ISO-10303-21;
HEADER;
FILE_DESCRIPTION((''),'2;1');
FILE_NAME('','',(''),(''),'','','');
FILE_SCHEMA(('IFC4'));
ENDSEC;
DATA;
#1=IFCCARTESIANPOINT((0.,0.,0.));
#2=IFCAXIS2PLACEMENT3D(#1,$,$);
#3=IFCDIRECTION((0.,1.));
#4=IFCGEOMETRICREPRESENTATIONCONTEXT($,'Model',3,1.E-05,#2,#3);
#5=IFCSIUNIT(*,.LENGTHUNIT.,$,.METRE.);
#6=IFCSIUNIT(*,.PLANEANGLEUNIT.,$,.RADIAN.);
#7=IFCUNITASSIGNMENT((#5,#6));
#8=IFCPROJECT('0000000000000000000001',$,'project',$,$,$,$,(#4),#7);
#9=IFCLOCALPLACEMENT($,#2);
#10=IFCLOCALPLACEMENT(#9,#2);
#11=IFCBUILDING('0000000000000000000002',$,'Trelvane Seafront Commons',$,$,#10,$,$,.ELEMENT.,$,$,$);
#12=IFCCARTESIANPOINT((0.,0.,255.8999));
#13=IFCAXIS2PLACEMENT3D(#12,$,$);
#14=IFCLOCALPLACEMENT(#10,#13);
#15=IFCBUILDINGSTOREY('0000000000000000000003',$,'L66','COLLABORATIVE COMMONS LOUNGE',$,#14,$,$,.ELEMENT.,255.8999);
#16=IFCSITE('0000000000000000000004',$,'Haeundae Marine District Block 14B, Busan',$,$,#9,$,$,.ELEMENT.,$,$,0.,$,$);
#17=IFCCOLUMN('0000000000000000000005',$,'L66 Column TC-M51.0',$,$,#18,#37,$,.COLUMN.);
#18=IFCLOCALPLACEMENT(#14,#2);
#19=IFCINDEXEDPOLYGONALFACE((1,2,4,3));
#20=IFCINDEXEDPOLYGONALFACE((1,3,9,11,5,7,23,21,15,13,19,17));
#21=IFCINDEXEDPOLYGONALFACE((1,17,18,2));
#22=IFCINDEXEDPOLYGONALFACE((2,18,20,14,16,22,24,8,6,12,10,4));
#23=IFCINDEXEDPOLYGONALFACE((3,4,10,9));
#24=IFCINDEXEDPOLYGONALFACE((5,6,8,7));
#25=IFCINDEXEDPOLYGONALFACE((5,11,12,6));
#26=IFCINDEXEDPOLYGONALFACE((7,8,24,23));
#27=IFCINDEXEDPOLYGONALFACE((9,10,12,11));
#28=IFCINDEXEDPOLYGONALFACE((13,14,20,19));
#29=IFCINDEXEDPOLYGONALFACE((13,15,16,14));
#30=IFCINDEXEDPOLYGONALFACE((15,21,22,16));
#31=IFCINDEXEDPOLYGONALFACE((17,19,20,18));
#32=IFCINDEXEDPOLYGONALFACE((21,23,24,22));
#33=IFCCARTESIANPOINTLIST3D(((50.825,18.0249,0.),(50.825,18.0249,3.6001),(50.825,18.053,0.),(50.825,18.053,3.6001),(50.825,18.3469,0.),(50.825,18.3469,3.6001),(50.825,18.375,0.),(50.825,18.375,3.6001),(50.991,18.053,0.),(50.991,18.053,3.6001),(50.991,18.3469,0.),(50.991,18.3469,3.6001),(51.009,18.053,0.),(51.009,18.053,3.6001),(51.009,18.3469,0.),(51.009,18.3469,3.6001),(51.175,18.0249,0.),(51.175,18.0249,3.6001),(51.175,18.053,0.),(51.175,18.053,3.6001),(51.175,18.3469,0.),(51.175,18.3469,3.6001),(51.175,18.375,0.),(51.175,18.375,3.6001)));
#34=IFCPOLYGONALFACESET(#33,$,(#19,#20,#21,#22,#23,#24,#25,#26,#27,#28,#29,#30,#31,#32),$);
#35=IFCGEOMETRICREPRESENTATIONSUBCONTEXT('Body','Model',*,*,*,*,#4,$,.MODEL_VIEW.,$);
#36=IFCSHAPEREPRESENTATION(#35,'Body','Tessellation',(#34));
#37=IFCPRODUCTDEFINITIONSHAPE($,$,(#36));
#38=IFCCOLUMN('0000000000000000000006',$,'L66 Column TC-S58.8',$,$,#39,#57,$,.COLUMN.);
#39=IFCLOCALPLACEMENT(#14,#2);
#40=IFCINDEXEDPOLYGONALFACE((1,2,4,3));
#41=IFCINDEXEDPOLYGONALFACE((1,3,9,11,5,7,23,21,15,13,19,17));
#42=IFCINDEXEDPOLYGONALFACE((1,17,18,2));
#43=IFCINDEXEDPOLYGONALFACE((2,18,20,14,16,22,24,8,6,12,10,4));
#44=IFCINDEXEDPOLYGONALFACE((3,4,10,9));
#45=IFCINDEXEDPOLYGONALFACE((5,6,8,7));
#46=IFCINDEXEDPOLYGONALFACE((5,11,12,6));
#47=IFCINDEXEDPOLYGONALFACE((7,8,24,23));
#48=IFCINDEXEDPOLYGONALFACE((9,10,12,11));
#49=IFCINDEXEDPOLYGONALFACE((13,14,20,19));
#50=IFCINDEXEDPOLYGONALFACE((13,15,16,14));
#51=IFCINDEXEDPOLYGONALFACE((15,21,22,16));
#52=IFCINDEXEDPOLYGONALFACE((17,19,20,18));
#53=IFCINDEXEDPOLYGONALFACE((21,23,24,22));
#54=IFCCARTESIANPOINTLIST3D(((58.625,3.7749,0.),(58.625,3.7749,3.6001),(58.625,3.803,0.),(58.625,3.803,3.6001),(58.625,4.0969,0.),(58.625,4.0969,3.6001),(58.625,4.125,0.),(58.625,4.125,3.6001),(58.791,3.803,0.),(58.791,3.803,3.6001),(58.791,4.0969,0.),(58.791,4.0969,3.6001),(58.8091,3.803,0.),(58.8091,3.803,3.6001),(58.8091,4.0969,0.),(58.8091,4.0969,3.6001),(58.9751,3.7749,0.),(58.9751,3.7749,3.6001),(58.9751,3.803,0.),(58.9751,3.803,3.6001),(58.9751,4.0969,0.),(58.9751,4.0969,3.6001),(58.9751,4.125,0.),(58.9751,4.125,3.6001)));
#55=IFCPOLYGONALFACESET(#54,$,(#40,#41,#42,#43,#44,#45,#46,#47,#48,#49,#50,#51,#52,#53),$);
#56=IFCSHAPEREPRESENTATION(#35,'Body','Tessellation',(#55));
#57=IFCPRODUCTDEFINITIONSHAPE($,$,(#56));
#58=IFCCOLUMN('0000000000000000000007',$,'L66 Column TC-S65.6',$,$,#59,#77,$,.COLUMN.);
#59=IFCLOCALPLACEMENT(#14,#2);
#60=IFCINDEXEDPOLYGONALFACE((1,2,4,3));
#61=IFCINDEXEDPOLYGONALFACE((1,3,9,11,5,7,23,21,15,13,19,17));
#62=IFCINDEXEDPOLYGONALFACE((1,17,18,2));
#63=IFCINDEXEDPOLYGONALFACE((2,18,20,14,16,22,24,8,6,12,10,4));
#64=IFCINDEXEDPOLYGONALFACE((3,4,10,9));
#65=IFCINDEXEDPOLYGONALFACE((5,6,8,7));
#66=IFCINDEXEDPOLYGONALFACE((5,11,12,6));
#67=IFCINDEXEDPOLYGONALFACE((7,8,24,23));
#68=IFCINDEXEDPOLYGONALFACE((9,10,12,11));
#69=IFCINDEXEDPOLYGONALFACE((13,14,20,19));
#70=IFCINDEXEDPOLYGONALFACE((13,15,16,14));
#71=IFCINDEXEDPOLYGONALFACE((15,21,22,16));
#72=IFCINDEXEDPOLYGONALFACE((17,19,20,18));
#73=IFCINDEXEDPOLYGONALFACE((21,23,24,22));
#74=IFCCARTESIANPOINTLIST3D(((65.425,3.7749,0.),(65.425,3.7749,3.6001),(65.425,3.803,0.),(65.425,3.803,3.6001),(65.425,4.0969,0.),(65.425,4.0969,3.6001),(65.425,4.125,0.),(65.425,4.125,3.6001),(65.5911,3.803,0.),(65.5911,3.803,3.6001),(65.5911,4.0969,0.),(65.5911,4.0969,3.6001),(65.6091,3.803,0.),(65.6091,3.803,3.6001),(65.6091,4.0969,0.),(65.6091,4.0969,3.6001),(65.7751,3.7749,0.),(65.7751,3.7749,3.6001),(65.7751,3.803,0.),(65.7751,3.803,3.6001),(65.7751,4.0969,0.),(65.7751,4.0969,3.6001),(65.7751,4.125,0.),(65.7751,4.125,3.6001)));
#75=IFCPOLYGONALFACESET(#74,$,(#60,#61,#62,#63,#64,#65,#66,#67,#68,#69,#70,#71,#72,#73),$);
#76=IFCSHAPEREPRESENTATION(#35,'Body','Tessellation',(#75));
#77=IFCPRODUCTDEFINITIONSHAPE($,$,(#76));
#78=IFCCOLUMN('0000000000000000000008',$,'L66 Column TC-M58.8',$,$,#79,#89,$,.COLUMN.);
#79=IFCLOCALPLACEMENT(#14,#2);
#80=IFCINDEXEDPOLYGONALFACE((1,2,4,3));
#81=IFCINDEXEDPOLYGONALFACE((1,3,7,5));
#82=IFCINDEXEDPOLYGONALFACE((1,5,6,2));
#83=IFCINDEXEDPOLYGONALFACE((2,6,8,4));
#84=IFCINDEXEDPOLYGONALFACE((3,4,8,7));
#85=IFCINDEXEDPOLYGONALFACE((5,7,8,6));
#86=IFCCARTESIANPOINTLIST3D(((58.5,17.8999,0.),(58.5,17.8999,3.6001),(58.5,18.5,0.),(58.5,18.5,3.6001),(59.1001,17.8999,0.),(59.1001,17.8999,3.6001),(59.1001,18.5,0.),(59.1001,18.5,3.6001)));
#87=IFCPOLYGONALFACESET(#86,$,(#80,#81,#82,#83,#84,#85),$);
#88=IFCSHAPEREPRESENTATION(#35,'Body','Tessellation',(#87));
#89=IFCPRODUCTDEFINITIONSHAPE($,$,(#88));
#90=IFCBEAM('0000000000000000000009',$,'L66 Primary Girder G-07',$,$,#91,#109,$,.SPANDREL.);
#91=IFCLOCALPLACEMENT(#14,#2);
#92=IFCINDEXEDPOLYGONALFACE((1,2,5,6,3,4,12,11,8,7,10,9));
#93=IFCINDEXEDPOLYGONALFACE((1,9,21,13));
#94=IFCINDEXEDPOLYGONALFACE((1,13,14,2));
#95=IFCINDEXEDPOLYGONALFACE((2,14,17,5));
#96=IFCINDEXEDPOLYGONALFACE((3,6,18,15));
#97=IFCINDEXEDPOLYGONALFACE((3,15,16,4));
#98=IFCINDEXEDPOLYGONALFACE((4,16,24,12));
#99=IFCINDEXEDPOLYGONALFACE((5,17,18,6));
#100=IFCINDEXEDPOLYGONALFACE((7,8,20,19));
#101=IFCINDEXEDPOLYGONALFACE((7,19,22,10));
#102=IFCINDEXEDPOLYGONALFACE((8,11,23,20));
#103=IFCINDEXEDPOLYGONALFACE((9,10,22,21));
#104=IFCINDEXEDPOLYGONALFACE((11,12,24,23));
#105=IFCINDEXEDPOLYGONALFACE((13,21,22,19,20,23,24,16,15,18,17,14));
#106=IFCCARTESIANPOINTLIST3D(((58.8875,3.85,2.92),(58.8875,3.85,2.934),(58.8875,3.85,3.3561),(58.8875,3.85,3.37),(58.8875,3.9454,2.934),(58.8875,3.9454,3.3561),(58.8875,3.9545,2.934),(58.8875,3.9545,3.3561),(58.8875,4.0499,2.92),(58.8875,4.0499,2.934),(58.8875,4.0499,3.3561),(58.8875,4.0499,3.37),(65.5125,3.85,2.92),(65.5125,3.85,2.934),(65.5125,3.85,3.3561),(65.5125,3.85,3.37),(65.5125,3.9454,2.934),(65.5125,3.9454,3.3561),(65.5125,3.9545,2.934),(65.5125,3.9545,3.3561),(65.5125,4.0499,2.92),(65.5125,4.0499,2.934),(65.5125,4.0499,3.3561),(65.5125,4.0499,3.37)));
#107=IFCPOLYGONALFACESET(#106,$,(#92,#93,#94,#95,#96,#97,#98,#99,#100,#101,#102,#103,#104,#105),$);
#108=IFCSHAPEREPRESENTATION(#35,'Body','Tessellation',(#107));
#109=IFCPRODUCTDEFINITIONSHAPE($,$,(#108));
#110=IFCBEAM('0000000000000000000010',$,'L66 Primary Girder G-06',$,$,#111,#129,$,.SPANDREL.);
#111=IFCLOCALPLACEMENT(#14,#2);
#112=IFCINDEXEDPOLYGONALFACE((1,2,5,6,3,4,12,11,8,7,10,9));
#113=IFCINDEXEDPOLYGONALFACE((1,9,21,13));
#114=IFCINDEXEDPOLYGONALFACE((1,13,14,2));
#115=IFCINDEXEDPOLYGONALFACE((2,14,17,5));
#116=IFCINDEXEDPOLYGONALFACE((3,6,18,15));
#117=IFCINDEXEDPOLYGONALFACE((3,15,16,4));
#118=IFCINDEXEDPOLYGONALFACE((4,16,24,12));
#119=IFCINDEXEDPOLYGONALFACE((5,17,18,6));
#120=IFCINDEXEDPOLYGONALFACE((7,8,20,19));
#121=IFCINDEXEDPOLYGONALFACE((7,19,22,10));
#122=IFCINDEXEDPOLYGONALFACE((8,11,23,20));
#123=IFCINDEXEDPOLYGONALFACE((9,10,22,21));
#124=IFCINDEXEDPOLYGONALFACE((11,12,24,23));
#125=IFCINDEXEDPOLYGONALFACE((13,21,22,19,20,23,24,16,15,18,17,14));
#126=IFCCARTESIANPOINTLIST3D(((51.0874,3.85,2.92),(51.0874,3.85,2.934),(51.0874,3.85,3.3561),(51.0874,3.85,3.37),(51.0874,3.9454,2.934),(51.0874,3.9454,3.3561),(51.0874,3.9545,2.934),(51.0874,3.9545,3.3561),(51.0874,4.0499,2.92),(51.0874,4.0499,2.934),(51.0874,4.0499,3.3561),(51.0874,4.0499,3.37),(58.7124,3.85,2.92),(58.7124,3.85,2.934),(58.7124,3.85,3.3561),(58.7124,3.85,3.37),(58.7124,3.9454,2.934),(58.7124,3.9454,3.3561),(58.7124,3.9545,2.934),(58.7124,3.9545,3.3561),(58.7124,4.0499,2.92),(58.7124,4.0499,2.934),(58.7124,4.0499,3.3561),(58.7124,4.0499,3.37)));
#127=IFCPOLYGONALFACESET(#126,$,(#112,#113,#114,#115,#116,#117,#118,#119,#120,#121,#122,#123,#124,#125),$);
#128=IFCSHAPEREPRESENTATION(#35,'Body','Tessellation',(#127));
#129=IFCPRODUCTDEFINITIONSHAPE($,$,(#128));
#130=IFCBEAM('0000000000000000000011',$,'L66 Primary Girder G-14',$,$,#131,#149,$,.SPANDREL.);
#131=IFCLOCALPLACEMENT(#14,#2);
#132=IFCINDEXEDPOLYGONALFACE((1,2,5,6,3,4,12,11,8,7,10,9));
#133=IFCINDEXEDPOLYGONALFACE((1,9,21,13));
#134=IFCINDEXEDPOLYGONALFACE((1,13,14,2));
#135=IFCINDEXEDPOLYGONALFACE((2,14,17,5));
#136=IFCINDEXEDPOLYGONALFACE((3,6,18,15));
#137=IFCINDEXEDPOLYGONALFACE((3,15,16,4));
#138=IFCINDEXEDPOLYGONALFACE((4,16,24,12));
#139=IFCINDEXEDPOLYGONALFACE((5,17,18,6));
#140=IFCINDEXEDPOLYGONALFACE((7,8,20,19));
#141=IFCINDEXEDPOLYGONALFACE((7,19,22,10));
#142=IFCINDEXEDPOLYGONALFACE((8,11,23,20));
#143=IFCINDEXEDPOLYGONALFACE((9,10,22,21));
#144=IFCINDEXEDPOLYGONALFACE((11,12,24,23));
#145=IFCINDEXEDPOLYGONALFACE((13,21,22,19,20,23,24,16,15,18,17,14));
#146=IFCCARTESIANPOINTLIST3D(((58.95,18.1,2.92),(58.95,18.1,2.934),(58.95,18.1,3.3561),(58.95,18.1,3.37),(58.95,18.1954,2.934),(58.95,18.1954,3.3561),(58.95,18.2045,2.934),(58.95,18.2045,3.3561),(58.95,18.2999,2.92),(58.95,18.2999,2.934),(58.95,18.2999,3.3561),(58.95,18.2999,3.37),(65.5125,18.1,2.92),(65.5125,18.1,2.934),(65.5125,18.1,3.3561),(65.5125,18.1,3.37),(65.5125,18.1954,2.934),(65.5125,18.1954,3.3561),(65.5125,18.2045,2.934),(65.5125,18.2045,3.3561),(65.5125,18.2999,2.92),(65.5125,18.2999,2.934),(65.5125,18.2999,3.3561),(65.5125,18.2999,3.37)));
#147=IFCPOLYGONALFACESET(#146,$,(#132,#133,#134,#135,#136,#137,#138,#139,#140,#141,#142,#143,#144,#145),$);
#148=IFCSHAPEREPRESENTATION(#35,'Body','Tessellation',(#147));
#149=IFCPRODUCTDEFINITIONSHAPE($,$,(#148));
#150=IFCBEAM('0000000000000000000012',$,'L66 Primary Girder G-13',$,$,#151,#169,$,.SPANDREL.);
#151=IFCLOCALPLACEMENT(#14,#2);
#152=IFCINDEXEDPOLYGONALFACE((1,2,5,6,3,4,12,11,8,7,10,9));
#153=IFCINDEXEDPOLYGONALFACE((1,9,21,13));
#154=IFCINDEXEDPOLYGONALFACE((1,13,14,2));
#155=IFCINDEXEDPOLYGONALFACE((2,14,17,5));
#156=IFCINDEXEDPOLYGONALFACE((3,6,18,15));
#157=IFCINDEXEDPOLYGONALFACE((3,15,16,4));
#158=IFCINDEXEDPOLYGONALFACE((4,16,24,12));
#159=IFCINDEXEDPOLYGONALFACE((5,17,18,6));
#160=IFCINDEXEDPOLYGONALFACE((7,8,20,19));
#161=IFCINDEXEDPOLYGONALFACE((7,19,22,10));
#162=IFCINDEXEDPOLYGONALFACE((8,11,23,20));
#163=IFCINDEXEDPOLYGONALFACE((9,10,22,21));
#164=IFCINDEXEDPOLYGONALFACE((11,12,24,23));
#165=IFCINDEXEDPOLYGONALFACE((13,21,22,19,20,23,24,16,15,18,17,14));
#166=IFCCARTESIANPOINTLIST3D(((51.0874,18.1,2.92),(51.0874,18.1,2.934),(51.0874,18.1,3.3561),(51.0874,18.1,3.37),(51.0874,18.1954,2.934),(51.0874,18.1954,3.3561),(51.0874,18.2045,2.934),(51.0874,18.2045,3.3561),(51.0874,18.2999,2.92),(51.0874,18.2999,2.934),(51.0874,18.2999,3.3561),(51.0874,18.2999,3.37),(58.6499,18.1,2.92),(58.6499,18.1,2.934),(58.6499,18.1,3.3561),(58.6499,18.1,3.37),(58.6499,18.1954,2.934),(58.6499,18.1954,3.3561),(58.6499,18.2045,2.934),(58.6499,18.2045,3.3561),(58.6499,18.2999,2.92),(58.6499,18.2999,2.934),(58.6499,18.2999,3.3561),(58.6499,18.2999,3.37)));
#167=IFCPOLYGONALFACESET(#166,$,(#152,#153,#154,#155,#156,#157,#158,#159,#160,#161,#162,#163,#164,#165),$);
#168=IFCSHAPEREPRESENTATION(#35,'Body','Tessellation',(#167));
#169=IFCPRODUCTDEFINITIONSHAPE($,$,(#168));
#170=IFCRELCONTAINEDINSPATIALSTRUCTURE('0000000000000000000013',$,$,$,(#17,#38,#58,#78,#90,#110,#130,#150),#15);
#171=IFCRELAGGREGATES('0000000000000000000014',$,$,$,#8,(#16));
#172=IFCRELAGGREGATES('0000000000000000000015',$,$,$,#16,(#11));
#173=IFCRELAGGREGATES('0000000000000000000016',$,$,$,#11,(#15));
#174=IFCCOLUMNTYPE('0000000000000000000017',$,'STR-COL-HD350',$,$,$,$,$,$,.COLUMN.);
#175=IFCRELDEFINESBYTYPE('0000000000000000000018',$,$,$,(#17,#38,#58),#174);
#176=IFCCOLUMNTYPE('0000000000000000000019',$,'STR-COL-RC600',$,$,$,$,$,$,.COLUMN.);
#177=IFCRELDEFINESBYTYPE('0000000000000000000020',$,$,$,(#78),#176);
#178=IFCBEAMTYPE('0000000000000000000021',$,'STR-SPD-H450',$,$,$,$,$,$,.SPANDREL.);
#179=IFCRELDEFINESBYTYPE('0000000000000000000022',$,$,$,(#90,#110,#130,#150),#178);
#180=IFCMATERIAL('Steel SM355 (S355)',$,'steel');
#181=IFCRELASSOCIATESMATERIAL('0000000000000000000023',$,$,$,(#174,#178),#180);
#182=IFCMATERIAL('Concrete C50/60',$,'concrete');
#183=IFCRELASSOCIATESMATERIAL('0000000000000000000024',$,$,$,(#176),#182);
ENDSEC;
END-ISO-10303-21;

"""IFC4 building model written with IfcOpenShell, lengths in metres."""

from ifc_helpers import new_model, si_unit, direction, frame, origin, origin_2d, place, context, subcontext, project, spatial, rectangle, i_section, extrude, source, transform, mapped, material, material_profile, profile_set, type_object, element, save


model = new_model("IFC4")

# Units and contexts
model_context = context("Model", 3, precision=1e-05, world=origin(), true_north=direction((0.0, 1.0)))
body_context = subcontext(model_context, "Body", "Model", "MODEL_VIEW")
ifc_project = project(units=[si_unit("LENGTHUNIT", "METRE"), si_unit("PLANEANGLEUNIT", "RADIAN")], contexts=[model_context])

# Site, building, storey
site_placement = place(None, origin())
site = spatial("IfcSite", under=ifc_project, at=site_placement, Name="Haeundae Marine District Block 14B, Busan", CompositionType="ELEMENT", RefElevation=0.0)
building_placement = place(site_placement, origin())
building = spatial("IfcBuilding", under=site, at=building_placement, Name="Trelvane Seafront Commons", CompositionType="ELEMENT")
storey_placement = place(building_placement, frame((0.0, 0.0, 255.8999)))
storey = spatial("IfcBuildingStorey", under=building, at=storey_placement, Name="L66", Description="COLLABORATIVE COMMONS LOUNGE", CompositionType="ELEMENT", Elevation=255.8999)

# Columns
ifc_material_1 = material(Name="Steel SM355 (S355)", Category="steel")
ifc_material_profile_1 = material_profile(ifc_material_1, i_section(OverallWidth=0.3501, OverallDepth=0.3501, WebThickness=0.0181, FlangeThickness=0.0281, at=origin_2d()), Name="HD-350x350x18x28")
ifc_profile_set_1 = profile_set([ifc_material_profile_1], Name="Steel SM355 (S355)")
column_type_1 = type_object("IfcColumnType", Name="STR-COL-HD350", PredefinedType="COLUMN", material=ifc_profile_set_1)
shared_shape_1 = source(origin(), body_context, "Body", "SweptSolid", [
    extrude(i_section(OverallWidth=0.3501, OverallDepth=0.3501, WebThickness=0.0181, FlangeThickness=0.0281, at=origin_2d()), origin(), (0.0, 0.0, 1.0), 3.6001),
])
for number, where, z_axis, x_axis, name in (
    (1, (51.0, 18.2, 0.0), (0.0, 0.0, 1.0), (1.0, 0.0, 0.0), "L66 Column TC-M51.0"),
    (2, (58.8, 3.95, 0.0), (0.0, 0.0, 1.0), (1.0, 0.0, 0.0), "L66 Column TC-S58.8"),
    (3, (65.6001, 3.95, 0.0), (0.0, 0.0, 1.0), (1.0, 0.0, 0.0), "L66 Column TC-S65.6"),
):
    element("IfcColumn", number, at=place(storey_placement, frame(where, z_axis=z_axis, x_axis=x_axis)), inside=storey, type_object=column_type_1, Name=name, PredefinedType="COLUMN", context=body_context, shape_type="MappedRepresentation", body=[
        mapped(shared_shape_1, transform((0.0, 0.0, 0.0), x_axis=(1.0, 0.0, 0.0), y_axis=(0.0, 1.0, 0.0), z_axis=(0.0, 0.0, 1.0), scale=1.0)),
    ])
ifc_material_2 = material(Name="Concrete C50/60", Category="concrete")
ifc_material_profile_2 = material_profile(ifc_material_2, rectangle(XDim=0.6001, YDim=0.6001, at=origin_2d()), Name="RC-600x600")
ifc_profile_set_2 = profile_set([ifc_material_profile_2], Name="Concrete C50/60")
column_type_2 = type_object("IfcColumnType", Name="STR-COL-RC600", PredefinedType="COLUMN", material=ifc_profile_set_2)
shared_shape_2 = source(origin(), body_context, "Body", "SweptSolid", [
    extrude(rectangle(XDim=0.6001, YDim=0.6001, at=origin_2d()), origin(), (0.0, 0.0, 1.0), 3.6001),
])
column_placement = place(storey_placement, frame((58.8, 18.2, 0.0), z_axis=(0.0, 0.0, 1.0), x_axis=(1.0, 0.0, 0.0)))
element("IfcColumn", 4, at=column_placement, inside=storey, type_object=column_type_2, Name="L66 Column TC-M58.8", PredefinedType="COLUMN", context=body_context, shape_type="MappedRepresentation", body=[
    mapped(shared_shape_2, transform((0.0, 0.0, 0.0), x_axis=(1.0, 0.0, 0.0), y_axis=(0.0, 1.0, 0.0), z_axis=(0.0, 0.0, 1.0), scale=1.0)),
])

# Beams
ifc_material_profile_3 = material_profile(ifc_material_1, i_section(OverallWidth=0.2, OverallDepth=0.45, WebThickness=0.009, FlangeThickness=0.0139, at=origin_2d()), Name="H-450x200x9x14")
ifc_profile_set_3 = profile_set([ifc_material_profile_3], Name="Steel SM355 (S355)")
beam_type_1 = type_object("IfcBeamType", Name="STR-SPD-H450", PredefinedType="SPANDREL", material=ifc_profile_set_3)
shared_shape_3 = source(origin(), body_context, "Body", "SweptSolid", [
    extrude(i_section(OverallWidth=0.2, OverallDepth=0.45, WebThickness=0.009, FlangeThickness=0.0139, at=origin_2d()), origin(), (0.0, 0.0, 1.0), 6.625),
])
beam_1_placement = place(storey_placement, frame((58.8875, 3.95, 3.145), z_axis=(1.0, 0.0, 0.0), x_axis=(0.0, 1.0, 0.0)))
element("IfcBeam", 5, at=beam_1_placement, inside=storey, type_object=beam_type_1, Name="L66 Primary Girder G-07", PredefinedType="SPANDREL", context=body_context, shape_type="MappedRepresentation", body=[
    mapped(shared_shape_3, transform((0.0, 0.0, 0.0), x_axis=(1.0, 0.0, 0.0), y_axis=(0.0, 1.0, 0.0), z_axis=(0.0, 0.0, 1.0), scale=1.0)),
])
shared_shape_4 = source(origin(), body_context, "Body", "SweptSolid", [
    extrude(i_section(OverallWidth=0.2, OverallDepth=0.45, WebThickness=0.009, FlangeThickness=0.0139, at=origin_2d()), origin(), (0.0, 0.0, 1.0), 7.625),
])
beam_2_placement = place(storey_placement, frame((51.0874, 3.95, 3.145), z_axis=(1.0, 0.0, 0.0), x_axis=(0.0, 1.0, 0.0)))
element("IfcBeam", 6, at=beam_2_placement, inside=storey, type_object=beam_type_1, Name="L66 Primary Girder G-06", PredefinedType="SPANDREL", context=body_context, shape_type="MappedRepresentation", body=[
    mapped(shared_shape_4, transform((0.0, 0.0, 0.0), x_axis=(1.0, 0.0, 0.0), y_axis=(0.0, 1.0, 0.0), z_axis=(0.0, 0.0, 1.0), scale=1.0)),
])
shared_shape_5 = source(origin(), body_context, "Body", "SweptSolid", [
    extrude(i_section(OverallWidth=0.2, OverallDepth=0.45, WebThickness=0.009, FlangeThickness=0.0139, at=origin_2d()), origin(), (0.0, 0.0, 1.0), 6.5625),
])
beam_3_placement = place(storey_placement, frame((58.95, 18.2, 3.145), z_axis=(1.0, 0.0, 0.0), x_axis=(0.0, 1.0, 0.0)))
element("IfcBeam", 7, at=beam_3_placement, inside=storey, type_object=beam_type_1, Name="L66 Primary Girder G-14", PredefinedType="SPANDREL", context=body_context, shape_type="MappedRepresentation", body=[
    mapped(shared_shape_5, transform((0.0, 0.0, 0.0), x_axis=(1.0, 0.0, 0.0), y_axis=(0.0, 1.0, 0.0), z_axis=(0.0, 0.0, 1.0), scale=1.0)),
])
shared_shape_6 = source(origin(), body_context, "Body", "SweptSolid", [
    extrude(i_section(OverallWidth=0.2, OverallDepth=0.45, WebThickness=0.009, FlangeThickness=0.0139, at=origin_2d()), origin(), (0.0, 0.0, 1.0), 7.5625),
])
beam_4_placement = place(storey_placement, frame((51.0874, 18.2, 3.145), z_axis=(1.0, 0.0, 0.0), x_axis=(0.0, 1.0, 0.0)))
element("IfcBeam", 8, at=beam_4_placement, inside=storey, type_object=beam_type_1, Name="L66 Primary Girder G-13", PredefinedType="SPANDREL", context=body_context, shape_type="MappedRepresentation", body=[
    mapped(shared_shape_6, transform((0.0, 0.0, 0.0), x_axis=(1.0, 0.0, 0.0), y_axis=(0.0, 1.0, 0.0), z_axis=(0.0, 0.0, 1.0), scale=1.0)),
])

save(model, "model.ifc")
